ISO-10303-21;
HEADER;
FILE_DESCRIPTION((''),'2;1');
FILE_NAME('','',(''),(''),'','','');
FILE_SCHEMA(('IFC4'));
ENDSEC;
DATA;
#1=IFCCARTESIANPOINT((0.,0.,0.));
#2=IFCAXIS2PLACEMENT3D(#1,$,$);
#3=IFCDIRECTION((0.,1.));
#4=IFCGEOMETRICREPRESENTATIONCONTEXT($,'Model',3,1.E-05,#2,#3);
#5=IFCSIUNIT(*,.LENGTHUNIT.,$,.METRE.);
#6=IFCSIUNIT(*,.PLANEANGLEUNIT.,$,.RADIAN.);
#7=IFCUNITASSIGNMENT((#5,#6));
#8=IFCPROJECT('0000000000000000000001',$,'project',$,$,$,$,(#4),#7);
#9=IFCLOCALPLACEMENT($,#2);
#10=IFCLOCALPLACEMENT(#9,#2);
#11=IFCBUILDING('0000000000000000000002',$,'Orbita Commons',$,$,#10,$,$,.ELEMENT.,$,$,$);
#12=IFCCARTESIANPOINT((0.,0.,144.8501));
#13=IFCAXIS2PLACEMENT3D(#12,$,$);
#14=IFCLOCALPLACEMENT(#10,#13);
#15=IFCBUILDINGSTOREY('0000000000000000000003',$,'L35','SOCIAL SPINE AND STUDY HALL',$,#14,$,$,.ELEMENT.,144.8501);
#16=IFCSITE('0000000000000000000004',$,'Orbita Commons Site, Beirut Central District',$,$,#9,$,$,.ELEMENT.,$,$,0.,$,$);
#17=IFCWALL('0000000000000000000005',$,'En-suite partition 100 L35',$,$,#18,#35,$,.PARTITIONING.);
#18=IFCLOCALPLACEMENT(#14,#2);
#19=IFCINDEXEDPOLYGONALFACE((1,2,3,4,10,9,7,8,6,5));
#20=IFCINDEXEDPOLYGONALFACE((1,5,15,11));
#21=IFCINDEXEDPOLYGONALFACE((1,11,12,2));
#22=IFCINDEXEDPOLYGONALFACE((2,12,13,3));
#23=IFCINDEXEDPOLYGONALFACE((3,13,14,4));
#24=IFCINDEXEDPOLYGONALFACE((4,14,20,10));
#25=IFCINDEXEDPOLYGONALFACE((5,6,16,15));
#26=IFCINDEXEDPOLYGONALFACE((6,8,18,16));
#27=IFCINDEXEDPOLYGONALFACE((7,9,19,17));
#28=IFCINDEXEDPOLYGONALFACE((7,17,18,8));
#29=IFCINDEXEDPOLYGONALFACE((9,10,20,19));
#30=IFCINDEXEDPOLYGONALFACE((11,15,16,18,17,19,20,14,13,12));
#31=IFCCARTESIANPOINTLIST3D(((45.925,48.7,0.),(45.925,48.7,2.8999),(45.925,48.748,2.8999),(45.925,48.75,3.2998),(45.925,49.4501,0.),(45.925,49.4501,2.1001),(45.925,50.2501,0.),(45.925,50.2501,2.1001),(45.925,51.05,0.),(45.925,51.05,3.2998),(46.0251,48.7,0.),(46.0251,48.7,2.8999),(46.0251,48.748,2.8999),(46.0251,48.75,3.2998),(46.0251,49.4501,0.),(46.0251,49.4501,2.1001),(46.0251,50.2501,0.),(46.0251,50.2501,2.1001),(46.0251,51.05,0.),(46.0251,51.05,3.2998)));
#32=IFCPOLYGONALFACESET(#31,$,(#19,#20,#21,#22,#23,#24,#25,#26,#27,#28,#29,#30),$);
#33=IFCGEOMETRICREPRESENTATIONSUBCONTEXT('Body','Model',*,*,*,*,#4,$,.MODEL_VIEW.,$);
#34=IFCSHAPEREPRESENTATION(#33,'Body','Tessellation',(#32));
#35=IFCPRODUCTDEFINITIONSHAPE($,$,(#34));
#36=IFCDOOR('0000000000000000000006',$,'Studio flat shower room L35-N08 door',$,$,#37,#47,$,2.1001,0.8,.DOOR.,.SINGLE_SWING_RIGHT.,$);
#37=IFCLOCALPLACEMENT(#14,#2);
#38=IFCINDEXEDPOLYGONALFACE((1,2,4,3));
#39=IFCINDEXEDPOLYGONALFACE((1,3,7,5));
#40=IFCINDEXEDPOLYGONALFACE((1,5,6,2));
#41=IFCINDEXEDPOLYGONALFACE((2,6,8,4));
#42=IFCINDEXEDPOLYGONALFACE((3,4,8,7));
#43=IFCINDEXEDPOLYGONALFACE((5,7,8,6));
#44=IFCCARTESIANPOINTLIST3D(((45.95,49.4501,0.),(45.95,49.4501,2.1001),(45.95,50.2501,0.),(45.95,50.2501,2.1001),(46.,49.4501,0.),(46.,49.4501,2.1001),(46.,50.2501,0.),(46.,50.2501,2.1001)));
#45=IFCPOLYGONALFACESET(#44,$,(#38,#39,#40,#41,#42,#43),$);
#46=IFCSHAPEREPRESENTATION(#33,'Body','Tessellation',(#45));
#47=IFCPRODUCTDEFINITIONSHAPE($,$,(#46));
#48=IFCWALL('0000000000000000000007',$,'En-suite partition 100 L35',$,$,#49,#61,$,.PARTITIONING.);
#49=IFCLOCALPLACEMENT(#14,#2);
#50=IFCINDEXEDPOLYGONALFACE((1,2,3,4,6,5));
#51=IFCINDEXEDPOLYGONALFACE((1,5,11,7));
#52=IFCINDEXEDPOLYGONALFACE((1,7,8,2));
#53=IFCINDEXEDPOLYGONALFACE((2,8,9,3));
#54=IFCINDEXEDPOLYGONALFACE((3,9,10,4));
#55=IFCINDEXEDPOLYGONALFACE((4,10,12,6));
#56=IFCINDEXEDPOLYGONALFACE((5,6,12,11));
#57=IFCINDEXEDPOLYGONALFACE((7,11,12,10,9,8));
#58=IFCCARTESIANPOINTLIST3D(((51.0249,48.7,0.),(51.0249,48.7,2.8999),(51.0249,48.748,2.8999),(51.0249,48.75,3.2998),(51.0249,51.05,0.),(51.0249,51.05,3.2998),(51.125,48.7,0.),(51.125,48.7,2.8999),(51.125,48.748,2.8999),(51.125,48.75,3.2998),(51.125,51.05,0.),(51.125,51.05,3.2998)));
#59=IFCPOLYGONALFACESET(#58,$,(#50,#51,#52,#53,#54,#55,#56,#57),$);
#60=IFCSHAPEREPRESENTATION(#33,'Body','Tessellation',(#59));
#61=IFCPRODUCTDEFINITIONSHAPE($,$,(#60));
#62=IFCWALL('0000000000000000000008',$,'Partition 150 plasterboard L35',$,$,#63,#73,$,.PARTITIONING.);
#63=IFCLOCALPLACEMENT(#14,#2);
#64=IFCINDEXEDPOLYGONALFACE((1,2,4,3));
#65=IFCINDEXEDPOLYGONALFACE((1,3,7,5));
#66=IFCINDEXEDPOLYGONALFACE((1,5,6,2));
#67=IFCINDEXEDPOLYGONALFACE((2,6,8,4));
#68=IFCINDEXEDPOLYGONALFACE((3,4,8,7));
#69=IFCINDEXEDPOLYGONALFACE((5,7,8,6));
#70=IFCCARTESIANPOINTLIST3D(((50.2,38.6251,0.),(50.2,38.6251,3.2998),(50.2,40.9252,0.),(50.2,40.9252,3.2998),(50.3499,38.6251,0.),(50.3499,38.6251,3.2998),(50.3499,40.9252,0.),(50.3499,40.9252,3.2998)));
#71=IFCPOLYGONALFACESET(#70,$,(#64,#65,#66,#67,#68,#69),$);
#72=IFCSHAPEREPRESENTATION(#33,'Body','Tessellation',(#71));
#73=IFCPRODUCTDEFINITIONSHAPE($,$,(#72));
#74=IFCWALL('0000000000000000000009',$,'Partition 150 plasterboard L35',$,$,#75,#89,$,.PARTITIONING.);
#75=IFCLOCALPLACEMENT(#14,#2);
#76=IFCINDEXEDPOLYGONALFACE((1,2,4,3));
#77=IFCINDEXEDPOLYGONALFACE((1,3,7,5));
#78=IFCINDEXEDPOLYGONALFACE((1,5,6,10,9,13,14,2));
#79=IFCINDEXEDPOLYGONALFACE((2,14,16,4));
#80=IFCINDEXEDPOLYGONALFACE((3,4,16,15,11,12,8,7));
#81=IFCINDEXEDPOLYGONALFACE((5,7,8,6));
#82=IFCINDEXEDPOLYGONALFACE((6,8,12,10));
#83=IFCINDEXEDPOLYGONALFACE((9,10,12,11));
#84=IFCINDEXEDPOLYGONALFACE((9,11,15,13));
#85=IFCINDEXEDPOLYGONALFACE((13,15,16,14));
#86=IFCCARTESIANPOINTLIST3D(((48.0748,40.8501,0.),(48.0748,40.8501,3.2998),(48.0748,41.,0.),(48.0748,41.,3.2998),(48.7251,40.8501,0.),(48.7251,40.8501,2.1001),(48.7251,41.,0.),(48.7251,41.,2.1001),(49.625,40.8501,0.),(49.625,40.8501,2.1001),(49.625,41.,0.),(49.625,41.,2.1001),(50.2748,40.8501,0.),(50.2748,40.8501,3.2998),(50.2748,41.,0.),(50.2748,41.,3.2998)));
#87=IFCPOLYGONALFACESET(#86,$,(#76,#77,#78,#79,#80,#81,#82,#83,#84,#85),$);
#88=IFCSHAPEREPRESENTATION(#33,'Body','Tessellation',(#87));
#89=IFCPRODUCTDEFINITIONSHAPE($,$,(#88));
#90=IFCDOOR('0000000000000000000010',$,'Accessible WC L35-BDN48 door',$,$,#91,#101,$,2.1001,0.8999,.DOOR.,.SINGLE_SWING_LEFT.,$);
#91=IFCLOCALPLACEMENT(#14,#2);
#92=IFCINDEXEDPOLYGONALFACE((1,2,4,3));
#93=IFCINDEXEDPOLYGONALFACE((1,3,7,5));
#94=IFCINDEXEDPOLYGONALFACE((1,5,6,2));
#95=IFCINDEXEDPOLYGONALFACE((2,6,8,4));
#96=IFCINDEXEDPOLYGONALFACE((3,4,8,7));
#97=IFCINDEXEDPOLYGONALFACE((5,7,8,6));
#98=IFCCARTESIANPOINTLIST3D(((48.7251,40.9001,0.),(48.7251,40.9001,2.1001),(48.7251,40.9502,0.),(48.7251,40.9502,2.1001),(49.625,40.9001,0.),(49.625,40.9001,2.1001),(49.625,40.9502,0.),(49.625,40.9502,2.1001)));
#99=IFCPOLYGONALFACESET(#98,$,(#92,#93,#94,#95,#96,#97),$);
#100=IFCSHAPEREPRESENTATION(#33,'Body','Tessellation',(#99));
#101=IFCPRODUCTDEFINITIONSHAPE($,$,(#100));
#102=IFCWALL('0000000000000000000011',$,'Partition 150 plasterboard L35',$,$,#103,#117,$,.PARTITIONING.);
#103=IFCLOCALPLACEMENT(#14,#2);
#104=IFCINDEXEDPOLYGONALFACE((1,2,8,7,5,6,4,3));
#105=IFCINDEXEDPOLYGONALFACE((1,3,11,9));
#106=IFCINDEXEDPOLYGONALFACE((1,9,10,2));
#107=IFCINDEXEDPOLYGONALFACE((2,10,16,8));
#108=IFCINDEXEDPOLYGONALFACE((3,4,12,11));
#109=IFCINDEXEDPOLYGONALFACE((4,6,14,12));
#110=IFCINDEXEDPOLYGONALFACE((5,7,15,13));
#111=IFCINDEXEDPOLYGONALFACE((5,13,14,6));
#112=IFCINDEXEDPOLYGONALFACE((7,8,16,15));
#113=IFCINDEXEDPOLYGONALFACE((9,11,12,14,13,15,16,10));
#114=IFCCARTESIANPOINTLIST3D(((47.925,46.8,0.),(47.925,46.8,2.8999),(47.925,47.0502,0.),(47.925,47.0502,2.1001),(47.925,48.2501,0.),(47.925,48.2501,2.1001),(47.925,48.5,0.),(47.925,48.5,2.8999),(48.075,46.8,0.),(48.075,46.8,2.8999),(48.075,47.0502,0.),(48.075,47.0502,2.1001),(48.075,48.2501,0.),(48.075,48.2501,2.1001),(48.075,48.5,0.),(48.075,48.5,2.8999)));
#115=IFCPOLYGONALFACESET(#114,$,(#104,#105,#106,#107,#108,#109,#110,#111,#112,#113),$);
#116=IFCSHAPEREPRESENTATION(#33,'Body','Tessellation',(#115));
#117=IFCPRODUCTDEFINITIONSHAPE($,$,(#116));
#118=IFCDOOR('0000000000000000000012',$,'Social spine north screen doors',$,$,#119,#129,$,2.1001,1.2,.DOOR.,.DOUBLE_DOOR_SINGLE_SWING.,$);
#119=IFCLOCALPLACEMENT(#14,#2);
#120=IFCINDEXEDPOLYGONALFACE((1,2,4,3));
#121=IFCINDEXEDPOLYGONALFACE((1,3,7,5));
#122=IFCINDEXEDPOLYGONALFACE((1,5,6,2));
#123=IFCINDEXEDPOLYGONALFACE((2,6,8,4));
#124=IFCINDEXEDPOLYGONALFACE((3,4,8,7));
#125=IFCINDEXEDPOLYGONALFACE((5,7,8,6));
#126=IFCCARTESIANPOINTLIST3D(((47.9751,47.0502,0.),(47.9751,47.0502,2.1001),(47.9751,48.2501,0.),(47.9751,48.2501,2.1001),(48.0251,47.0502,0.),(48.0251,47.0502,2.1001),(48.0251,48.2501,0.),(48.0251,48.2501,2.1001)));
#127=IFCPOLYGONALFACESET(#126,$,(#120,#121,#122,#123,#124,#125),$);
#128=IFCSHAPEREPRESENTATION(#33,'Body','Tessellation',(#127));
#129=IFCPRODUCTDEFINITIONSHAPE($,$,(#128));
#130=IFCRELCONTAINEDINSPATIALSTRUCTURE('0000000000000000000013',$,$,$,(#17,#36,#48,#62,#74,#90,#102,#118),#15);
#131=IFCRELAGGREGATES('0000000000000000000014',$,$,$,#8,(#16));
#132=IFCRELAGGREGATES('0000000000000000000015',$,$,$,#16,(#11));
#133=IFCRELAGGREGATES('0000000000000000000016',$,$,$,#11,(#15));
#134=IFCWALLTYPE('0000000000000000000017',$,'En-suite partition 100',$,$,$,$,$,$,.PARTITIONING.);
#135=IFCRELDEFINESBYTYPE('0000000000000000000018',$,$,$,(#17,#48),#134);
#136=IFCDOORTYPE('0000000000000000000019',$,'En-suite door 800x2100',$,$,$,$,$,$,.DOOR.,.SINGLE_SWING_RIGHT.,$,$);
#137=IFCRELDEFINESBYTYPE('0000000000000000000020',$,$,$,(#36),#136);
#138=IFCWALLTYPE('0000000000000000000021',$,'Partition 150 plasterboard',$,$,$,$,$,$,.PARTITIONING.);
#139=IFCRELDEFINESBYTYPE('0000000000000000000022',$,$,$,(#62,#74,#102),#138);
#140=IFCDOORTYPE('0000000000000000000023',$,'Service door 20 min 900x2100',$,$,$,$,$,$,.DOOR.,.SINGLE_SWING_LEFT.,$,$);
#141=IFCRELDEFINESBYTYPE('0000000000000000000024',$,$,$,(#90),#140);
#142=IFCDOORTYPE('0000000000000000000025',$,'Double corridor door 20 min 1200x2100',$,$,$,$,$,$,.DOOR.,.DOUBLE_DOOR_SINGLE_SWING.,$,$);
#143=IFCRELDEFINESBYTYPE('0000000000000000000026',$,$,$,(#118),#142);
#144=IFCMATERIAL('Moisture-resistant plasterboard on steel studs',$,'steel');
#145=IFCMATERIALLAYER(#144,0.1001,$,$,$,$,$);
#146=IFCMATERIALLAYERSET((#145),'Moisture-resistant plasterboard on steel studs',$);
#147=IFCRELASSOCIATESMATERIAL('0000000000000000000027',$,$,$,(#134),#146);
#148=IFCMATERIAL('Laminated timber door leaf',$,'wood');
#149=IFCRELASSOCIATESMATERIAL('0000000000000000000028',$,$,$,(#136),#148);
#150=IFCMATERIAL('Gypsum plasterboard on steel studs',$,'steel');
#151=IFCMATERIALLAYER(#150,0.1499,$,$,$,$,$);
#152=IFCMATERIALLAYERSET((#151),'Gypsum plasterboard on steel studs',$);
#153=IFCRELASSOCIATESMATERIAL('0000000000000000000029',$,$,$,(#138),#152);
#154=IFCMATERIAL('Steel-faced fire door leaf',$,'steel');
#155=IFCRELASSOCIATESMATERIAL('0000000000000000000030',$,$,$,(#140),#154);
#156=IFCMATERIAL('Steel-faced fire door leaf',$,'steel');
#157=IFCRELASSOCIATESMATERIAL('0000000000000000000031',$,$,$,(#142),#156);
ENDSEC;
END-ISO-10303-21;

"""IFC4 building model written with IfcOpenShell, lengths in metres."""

from ifc_helpers import new_model, si_unit, direction, frame, frame_2d, origin, place, context, subcontext, project, spatial, polyline, rectangle, outline, extrude, material, layer, layer_set, type_object, element, fill, save


model = new_model("IFC4")

# Units and contexts
model_context = context("Model", 3, precision=1e-05, world=origin(), true_north=direction((0.0, 1.0)))
body_context = subcontext(model_context, "Body", "Model", "MODEL_VIEW")
ifc_project = project(units=[si_unit("LENGTHUNIT", "METRE"), si_unit("PLANEANGLEUNIT", "RADIAN")], contexts=[model_context])

# Site, building, storey
site_placement = place(None, origin())
site = spatial("IfcSite", under=ifc_project, at=site_placement, Name="Orbita Commons Site, Beirut Central District", CompositionType="ELEMENT", RefElevation=0.0)
building_placement = place(site_placement, origin())
building = spatial("IfcBuilding", under=site, at=building_placement, Name="Orbita Commons", CompositionType="ELEMENT")
storey_placement = place(building_placement, frame((0.0, 0.0, 144.8501)))
storey = spatial("IfcBuildingStorey", under=building, at=storey_placement, Name="L35", Description="SOCIAL SPINE AND STUDY HALL", CompositionType="ELEMENT", Elevation=144.8501)

# Shared definitions
ifc_material_1 = material(Name="Moisture-resistant plasterboard on steel studs", Category="steel")
ifc_layer_1 = layer(ifc_material_1, 0.1001)
ifc_layer_set_1 = layer_set([ifc_layer_1], Name="Moisture-resistant plasterboard on steel studs")
wall_type_1 = type_object("IfcWallType", Name="En-suite partition 100", PredefinedType="PARTITIONING", material=ifc_layer_set_1)
ifc_material_2 = material(Name="Laminated timber door leaf", Category="wood")
door_type_1 = type_object("IfcDoorType", Name="En-suite door 800x2100", OperationType="SINGLE_SWING_RIGHT", PredefinedType="DOOR", material=ifc_material_2)

# Wall, opening, door
wall_1_placement = place(storey_placement, frame((45.9751, 51.05, 0.0), z_axis=(0.0, 0.0, 1.0), x_axis=(0.0, -1.0, 0.0)))
wall_1 = element("IfcWall", 1, at=wall_1_placement, inside=storey, type_object=wall_type_1, Name="En-suite partition 100 L35", PredefinedType="PARTITIONING", context=body_context, shape_type="SweptSolid", body=[
    extrude(outline(polyline([(0.0, 0.0), (2.3501, 0.0), (2.3501, 2.8999), (2.302, 2.8999), (2.3, 3.2998), (0.0, 3.2998), (0.0, 0.0)])), frame((0.0, 0.05, 0.0), z_axis=(0.0, -1.0, 0.0), x_axis=(1.0, 0.0, 0.0)), (0.0, 0.0, 1.0), 0.1001),
])
opening_1_placement = place(wall_1_placement, frame((0.8, 0.0, 0.0)))
opening_1 = element("IfcOpeningElement", 2, at=opening_1_placement, cuts=wall_1, PredefinedType="OPENING", context=body_context, shape_type="SweptSolid", body=[
    extrude(rectangle(XDim=0.8, YDim=2.1001, at=frame_2d((0.3999, 1.05))), frame((0.0, 0.0601, 0.0), z_axis=(0.0, -1.0, 0.0), x_axis=(1.0, 0.0, 0.0)), (0.0, 0.0, 1.0), 0.1201),
])
door_1_placement = place(opening_1_placement, origin())
door_1 = element("IfcDoor", 3, at=door_1_placement, inside=storey, type_object=door_type_1, Name="Studio flat shower room L35-N08 door", OperationType="SINGLE_SWING_RIGHT", OverallHeight=2.1001, OverallWidth=0.8, PredefinedType="DOOR", context=body_context, shape_type="SweptSolid", body=[
    extrude(rectangle(XDim=0.8, YDim=2.1001, at=frame_2d((0.3999, 1.05))), frame((0.0, 0.0249, 0.0), z_axis=(0.0, -1.0, 0.0), x_axis=(1.0, 0.0, 0.0)), (0.0, 0.0, 1.0), 0.05),
])
fill(opening_1, door_1)

# Walls
wall_2_placement = place(storey_placement, frame((51.075, 51.05, 0.0), z_axis=(0.0, 0.0, 1.0), x_axis=(0.0, -1.0, 0.0)))
element("IfcWall", 4, at=wall_2_placement, inside=storey, type_object=wall_type_1, Name="En-suite partition 100 L35", PredefinedType="PARTITIONING", context=body_context, shape_type="SweptSolid", body=[
    extrude(outline(polyline([(0.0, 0.0), (2.3501, 0.0), (2.3501, 2.8999), (2.302, 2.8999), (2.3, 3.2998), (0.0, 3.2998), (0.0, 0.0)])), frame((0.0, 0.05, 0.0), z_axis=(0.0, -1.0, 0.0), x_axis=(1.0, 0.0, 0.0)), (0.0, 0.0, 1.0), 0.1001),
])
ifc_material_3 = material(Name="Gypsum plasterboard on steel studs", Category="steel")
ifc_layer_2 = layer(ifc_material_3, 0.1499)
ifc_layer_set_2 = layer_set([ifc_layer_2], Name="Gypsum plasterboard on steel studs")
wall_type_2 = type_object("IfcWallType", Name="Partition 150 plasterboard", PredefinedType="PARTITIONING", material=ifc_layer_set_2)
wall_3_placement = place(storey_placement, frame((50.2749, 40.925, 0.0), z_axis=(0.0, 0.0, 1.0), x_axis=(0.0, -1.0, 0.0)))
element("IfcWall", 5, at=wall_3_placement, inside=storey, type_object=wall_type_2, Name="Partition 150 plasterboard L35", PredefinedType="PARTITIONING", context=body_context, shape_type="SweptSolid", body=[
    extrude(rectangle(XDim=2.3, YDim=0.1499, at=frame_2d((1.1499, 0.0))), origin(), (0.0, 0.0, 1.0), 3.2998),
])

# Walls, openings, doors
wall_4_placement = place(storey_placement, frame((50.2749, 40.925, 0.0), z_axis=(0.0, 0.0, 1.0), x_axis=(-1.0, 0.0, 0.0)))
wall_4 = element("IfcWall", 6, at=wall_4_placement, inside=storey, type_object=wall_type_2, Name="Partition 150 plasterboard L35", PredefinedType="PARTITIONING", context=body_context, shape_type="SweptSolid", body=[
    extrude(rectangle(XDim=2.2, YDim=0.1499, at=frame_2d((1.1001, 0.0))), origin(), (0.0, 0.0, 1.0), 3.2998),
])
opening_2_placement = place(wall_4_placement, frame((0.6499, 0.0, 0.0)))
opening_2 = element("IfcOpeningElement", 7, at=opening_2_placement, cuts=wall_4, PredefinedType="OPENING", context=body_context, shape_type="SweptSolid", body=[
    extrude(rectangle(XDim=0.8999, YDim=2.1001, at=frame_2d((0.45, 1.05))), frame((0.0, 0.085, 0.0), z_axis=(0.0, -1.0, 0.0), x_axis=(1.0, 0.0, 0.0)), (0.0, 0.0, 1.0), 0.1699),
])
ifc_material_4 = material(Name="Steel-faced fire door leaf", Category="steel")
door_type_2 = type_object("IfcDoorType", Name="Service door 20 min 900x2100", OperationType="SINGLE_SWING_LEFT", PredefinedType="DOOR", material=ifc_material_4)
door_2_placement = place(opening_2_placement, origin())
door_2 = element("IfcDoor", 8, at=door_2_placement, inside=storey, type_object=door_type_2, Name="Accessible WC L35-BDN48 door", OperationType="SINGLE_SWING_LEFT", OverallHeight=2.1001, OverallWidth=0.8999, PredefinedType="DOOR", context=body_context, shape_type="SweptSolid", body=[
    extrude(rectangle(XDim=0.8999, YDim=2.1001, at=frame_2d((0.45, 1.05))), frame((0.0, 0.0249, 0.0), z_axis=(0.0, -1.0, 0.0), x_axis=(1.0, 0.0, 0.0)), (0.0, 0.0, 1.0), 0.05),
])
fill(opening_2, door_2)
wall_5_placement = place(storey_placement, frame((48.0, 46.8, 0.0), z_axis=(0.0, 0.0, 1.0), x_axis=(0.0, 1.0, 0.0)))
wall_5 = element("IfcWall", 9, at=wall_5_placement, inside=storey, type_object=wall_type_2, Name="Partition 150 plasterboard L35", PredefinedType="PARTITIONING", context=body_context, shape_type="SweptSolid", body=[
    extrude(outline(polyline([(0.0, 0.0), (1.7, 0.0), (1.7, 2.8999), (0.0, 2.8999), (0.0, 0.0)])), frame((0.0, 0.075, 0.0), z_axis=(0.0, -1.0, 0.0), x_axis=(1.0, 0.0, 0.0)), (0.0, 0.0, 1.0), 0.1499),
])
opening_3_placement = place(wall_5_placement, frame((0.25, 0.0, 0.0)))
opening_3 = element("IfcOpeningElement", 10, at=opening_3_placement, cuts=wall_5, PredefinedType="OPENING", context=body_context, shape_type="SweptSolid", body=[
    extrude(rectangle(XDim=1.2, YDim=2.1001, at=frame_2d((0.6001, 1.05))), frame((0.0, 0.085, 0.0), z_axis=(0.0, -1.0, 0.0), x_axis=(1.0, 0.0, 0.0)), (0.0, 0.0, 1.0), 0.1699),
])
ifc_material_5 = material(Name="Steel-faced fire door leaf", Category="steel")
door_type_3 = type_object("IfcDoorType", Name="Double corridor door 20 min 1200x2100", OperationType="DOUBLE_DOOR_SINGLE_SWING", PredefinedType="DOOR", material=ifc_material_5)
door_3_placement = place(opening_3_placement, origin())
door_3 = element("IfcDoor", 11, at=door_3_placement, inside=storey, type_object=door_type_3, Name="Social spine north screen doors", OperationType="DOUBLE_DOOR_SINGLE_SWING", OverallHeight=2.1001, OverallWidth=1.2, PredefinedType="DOOR", context=body_context, shape_type="SweptSolid", body=[
    extrude(rectangle(XDim=1.2, YDim=2.1001, at=frame_2d((0.6001, 1.05))), frame((0.0, 0.0249, 0.0), z_axis=(0.0, -1.0, 0.0), x_axis=(1.0, 0.0, 0.0)), (0.0, 0.0, 1.0), 0.05),
])
fill(opening_3, door_3)

save(model, "model.ifc")
